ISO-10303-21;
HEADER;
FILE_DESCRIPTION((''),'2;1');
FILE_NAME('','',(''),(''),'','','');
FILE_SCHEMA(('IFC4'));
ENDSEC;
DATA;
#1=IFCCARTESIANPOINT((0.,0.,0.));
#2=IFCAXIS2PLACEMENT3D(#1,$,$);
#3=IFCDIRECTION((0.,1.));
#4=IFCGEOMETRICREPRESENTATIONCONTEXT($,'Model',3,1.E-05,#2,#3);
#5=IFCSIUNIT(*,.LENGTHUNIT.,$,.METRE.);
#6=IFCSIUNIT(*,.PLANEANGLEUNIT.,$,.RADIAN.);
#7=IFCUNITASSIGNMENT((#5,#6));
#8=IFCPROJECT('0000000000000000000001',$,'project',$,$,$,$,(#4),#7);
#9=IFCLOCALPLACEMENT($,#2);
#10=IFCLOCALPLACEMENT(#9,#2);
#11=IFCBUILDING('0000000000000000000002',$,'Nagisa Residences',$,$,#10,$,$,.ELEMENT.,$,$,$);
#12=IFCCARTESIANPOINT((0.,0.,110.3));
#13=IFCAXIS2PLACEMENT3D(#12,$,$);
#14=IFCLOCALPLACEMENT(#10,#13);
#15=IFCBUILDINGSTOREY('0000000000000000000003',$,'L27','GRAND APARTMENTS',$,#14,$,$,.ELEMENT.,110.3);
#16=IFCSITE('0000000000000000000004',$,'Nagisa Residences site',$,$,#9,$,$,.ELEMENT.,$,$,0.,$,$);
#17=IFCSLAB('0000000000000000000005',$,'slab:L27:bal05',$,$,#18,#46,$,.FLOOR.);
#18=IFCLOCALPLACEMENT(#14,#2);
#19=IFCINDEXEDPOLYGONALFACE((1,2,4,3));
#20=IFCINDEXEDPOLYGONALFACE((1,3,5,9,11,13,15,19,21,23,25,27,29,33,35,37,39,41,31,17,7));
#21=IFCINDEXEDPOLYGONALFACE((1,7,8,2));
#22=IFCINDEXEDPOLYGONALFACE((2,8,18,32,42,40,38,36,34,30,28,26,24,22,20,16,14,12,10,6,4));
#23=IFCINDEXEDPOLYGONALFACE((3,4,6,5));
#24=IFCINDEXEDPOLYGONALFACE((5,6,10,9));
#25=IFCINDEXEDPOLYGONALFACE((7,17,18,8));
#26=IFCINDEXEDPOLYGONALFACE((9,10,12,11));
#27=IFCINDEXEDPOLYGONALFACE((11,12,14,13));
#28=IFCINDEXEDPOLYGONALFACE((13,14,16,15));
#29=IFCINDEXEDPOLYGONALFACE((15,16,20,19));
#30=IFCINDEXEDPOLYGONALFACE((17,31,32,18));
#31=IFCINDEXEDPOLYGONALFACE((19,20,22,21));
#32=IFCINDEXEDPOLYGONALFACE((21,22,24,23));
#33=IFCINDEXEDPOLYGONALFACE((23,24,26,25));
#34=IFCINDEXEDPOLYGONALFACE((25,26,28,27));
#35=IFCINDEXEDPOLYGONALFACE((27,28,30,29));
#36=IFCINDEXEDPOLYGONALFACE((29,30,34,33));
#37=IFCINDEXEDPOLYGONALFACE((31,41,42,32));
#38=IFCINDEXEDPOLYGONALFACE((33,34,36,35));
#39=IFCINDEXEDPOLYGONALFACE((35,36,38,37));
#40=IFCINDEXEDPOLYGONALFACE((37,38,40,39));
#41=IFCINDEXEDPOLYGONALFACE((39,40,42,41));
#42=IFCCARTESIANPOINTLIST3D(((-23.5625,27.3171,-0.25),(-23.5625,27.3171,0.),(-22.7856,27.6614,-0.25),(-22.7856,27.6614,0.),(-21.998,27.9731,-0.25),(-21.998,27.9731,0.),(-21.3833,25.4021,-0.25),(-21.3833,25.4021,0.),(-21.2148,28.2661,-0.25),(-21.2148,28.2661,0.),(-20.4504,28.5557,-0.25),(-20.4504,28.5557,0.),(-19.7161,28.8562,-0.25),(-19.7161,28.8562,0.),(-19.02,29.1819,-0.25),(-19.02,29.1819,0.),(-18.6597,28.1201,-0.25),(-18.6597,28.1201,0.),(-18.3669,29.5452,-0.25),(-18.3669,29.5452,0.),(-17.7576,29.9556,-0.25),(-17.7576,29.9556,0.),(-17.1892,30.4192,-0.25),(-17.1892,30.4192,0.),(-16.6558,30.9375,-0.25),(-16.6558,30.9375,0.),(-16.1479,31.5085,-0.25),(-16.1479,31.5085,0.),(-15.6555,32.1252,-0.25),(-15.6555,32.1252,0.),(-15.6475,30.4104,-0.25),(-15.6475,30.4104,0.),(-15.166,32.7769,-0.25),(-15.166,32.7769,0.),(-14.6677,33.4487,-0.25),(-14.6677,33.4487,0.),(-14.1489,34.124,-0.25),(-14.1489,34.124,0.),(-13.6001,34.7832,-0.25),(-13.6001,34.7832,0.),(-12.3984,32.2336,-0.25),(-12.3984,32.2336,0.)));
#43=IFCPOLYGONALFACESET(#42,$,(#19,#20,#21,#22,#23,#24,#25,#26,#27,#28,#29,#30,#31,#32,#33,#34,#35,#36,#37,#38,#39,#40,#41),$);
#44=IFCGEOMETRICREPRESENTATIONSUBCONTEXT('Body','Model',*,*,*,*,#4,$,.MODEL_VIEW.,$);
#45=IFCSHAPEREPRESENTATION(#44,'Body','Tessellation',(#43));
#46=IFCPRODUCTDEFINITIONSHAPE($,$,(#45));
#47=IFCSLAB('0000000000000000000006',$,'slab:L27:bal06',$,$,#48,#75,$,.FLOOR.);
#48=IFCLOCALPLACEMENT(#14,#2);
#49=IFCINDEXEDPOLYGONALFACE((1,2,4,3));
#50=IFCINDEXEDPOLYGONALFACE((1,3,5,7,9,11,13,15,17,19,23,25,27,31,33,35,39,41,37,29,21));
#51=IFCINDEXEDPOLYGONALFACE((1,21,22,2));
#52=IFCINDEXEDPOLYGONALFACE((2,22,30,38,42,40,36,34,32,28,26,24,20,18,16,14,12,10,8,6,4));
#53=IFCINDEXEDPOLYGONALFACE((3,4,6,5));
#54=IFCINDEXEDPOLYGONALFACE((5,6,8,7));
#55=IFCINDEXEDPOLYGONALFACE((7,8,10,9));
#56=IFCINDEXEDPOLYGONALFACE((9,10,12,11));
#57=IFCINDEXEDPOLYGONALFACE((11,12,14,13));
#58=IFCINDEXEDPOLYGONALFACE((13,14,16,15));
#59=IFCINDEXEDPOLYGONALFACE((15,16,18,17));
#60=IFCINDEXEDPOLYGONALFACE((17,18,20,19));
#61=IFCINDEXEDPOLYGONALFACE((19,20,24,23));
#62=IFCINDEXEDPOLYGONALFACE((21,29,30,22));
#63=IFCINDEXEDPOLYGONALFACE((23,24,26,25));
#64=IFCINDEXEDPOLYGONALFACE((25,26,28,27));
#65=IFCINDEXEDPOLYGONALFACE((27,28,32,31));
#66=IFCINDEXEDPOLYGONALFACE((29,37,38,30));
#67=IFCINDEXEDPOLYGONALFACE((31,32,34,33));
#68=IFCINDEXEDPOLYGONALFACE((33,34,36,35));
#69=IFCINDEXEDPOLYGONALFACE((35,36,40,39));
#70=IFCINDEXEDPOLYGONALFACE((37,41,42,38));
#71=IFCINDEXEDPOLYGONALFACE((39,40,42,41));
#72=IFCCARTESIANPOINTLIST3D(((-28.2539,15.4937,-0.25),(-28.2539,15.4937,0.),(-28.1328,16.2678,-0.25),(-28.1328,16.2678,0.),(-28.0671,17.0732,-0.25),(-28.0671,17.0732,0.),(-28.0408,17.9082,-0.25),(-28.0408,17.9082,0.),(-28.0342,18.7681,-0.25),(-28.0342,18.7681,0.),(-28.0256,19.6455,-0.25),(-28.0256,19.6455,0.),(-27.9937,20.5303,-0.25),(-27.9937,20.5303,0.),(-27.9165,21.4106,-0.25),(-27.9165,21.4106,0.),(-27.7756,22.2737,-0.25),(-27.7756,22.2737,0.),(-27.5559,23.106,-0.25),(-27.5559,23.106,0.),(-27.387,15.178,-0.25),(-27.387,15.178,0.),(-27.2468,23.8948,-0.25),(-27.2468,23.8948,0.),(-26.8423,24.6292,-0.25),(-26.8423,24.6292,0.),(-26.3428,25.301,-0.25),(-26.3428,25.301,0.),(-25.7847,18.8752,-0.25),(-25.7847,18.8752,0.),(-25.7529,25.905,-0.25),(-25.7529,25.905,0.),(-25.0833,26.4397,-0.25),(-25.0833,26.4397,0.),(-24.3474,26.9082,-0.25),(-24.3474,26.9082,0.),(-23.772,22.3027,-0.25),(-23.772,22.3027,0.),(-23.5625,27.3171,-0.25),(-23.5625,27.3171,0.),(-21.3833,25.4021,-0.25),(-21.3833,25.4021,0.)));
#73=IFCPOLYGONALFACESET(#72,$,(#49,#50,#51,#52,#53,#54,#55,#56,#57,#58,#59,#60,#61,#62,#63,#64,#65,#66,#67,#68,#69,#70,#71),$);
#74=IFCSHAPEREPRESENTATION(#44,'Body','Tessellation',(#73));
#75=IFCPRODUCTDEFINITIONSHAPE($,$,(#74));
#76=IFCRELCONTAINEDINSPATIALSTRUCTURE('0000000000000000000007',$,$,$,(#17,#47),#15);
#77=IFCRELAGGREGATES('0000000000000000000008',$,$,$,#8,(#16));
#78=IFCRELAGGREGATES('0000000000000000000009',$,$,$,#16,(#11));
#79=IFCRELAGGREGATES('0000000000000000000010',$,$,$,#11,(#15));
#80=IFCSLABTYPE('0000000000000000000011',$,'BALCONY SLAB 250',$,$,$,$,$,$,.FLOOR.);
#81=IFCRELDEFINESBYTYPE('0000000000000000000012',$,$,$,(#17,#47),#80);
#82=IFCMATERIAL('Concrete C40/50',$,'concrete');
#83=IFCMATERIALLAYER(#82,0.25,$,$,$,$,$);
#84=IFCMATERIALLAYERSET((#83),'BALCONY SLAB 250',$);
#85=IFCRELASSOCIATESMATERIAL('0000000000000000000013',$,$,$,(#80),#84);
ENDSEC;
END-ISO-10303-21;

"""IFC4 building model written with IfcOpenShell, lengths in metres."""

from ifc_helpers import new_model, si_unit, direction, frame, origin, place, context, subcontext, project, spatial, polyline, outline, extrude, material, layer, layer_set, type_object, element, save


model = new_model("IFC4")

# Units and contexts
model_context = context("Model", 3, precision=1e-05, world=origin(), true_north=direction((0.0, 1.0)))
body_context = subcontext(model_context, "Body", "Model", "MODEL_VIEW")
ifc_project = project(units=[si_unit("LENGTHUNIT", "METRE"), si_unit("PLANEANGLEUNIT", "RADIAN")], contexts=[model_context])

# Site, building, storey
site_placement = place(None, origin())
site = spatial("IfcSite", under=ifc_project, at=site_placement, Name="Nagisa Residences site", CompositionType="ELEMENT", RefElevation=0.0)
building_placement = place(site_placement, origin())
building = spatial("IfcBuilding", under=site, at=building_placement, Name="Nagisa Residences", CompositionType="ELEMENT")
storey_placement = place(building_placement, frame((0.0, 0.0, 110.3)))
storey = spatial("IfcBuildingStorey", under=building, at=storey_placement, Name="L27", Description="GRAND APARTMENTS", CompositionType="ELEMENT", Elevation=110.3)

# Slabs
ifc_material_1 = material(Name="Concrete C40/50", Category="concrete")
ifc_layer_1 = layer(ifc_material_1, 0.25)
ifc_layer_set_1 = layer_set([ifc_layer_1], Name="BALCONY SLAB 250")
slab_type_1 = type_object("IfcSlabType", Name="BALCONY SLAB 250", PredefinedType="FLOOR", material=ifc_layer_set_1)
slab_1_placement = place(storey_placement, frame((0.0, 0.0, -0.25)))
element("IfcSlab", 1, at=slab_1_placement, inside=storey, type_object=slab_type_1, Name="slab:L27:bal05", PredefinedType="FLOOR", context=body_context, shape_type="SweptSolid", body=[
    extrude(outline(polyline([(-13.6001, 34.7832), (-14.1489, 34.124), (-14.6677, 33.4487), (-15.166, 32.7769), (-15.6555, 32.1252), (-16.1479, 31.5085), (-16.6558, 30.9375), (-17.1892, 30.4192), (-17.7576, 29.9556), (-18.3669, 29.5452), (-19.02, 29.1819), (-19.7161, 28.8562), (-20.4504, 28.5557), (-21.2148, 28.2661), (-21.998, 27.9731), (-22.7856, 27.6614), (-23.5625, 27.3171), (-21.3833, 25.4021), (-18.6597, 28.1201), (-15.6475, 30.4104), (-12.3984, 32.2336), (-13.6001, 34.7832)])), origin(), (0.0, 0.0, 1.0), 0.25),
])
slab_2_placement = place(storey_placement, frame((0.0, 0.0, -0.25)))
element("IfcSlab", 2, at=slab_2_placement, inside=storey, type_object=slab_type_1, Name="slab:L27:bal06", PredefinedType="FLOOR", context=body_context, shape_type="SweptSolid", body=[
    extrude(outline(polyline([(-23.5625, 27.3171), (-24.3474, 26.9082), (-25.0833, 26.4397), (-25.7529, 25.905), (-26.3428, 25.301), (-26.8423, 24.6292), (-27.2468, 23.8948), (-27.5559, 23.106), (-27.7756, 22.2737), (-27.9165, 21.4106), (-27.9937, 20.5303), (-28.0256, 19.6455), (-28.0342, 18.7681), (-28.0408, 17.9082), (-28.0671, 17.0732), (-28.1328, 16.2678), (-28.2539, 15.4937), (-27.387, 15.178), (-25.7847, 18.8752), (-23.772, 22.3027), (-21.3833, 25.4021), (-23.5625, 27.3171)])), origin(), (0.0, 0.0, 1.0), 0.25),
])

save(model, "model.ifc")
